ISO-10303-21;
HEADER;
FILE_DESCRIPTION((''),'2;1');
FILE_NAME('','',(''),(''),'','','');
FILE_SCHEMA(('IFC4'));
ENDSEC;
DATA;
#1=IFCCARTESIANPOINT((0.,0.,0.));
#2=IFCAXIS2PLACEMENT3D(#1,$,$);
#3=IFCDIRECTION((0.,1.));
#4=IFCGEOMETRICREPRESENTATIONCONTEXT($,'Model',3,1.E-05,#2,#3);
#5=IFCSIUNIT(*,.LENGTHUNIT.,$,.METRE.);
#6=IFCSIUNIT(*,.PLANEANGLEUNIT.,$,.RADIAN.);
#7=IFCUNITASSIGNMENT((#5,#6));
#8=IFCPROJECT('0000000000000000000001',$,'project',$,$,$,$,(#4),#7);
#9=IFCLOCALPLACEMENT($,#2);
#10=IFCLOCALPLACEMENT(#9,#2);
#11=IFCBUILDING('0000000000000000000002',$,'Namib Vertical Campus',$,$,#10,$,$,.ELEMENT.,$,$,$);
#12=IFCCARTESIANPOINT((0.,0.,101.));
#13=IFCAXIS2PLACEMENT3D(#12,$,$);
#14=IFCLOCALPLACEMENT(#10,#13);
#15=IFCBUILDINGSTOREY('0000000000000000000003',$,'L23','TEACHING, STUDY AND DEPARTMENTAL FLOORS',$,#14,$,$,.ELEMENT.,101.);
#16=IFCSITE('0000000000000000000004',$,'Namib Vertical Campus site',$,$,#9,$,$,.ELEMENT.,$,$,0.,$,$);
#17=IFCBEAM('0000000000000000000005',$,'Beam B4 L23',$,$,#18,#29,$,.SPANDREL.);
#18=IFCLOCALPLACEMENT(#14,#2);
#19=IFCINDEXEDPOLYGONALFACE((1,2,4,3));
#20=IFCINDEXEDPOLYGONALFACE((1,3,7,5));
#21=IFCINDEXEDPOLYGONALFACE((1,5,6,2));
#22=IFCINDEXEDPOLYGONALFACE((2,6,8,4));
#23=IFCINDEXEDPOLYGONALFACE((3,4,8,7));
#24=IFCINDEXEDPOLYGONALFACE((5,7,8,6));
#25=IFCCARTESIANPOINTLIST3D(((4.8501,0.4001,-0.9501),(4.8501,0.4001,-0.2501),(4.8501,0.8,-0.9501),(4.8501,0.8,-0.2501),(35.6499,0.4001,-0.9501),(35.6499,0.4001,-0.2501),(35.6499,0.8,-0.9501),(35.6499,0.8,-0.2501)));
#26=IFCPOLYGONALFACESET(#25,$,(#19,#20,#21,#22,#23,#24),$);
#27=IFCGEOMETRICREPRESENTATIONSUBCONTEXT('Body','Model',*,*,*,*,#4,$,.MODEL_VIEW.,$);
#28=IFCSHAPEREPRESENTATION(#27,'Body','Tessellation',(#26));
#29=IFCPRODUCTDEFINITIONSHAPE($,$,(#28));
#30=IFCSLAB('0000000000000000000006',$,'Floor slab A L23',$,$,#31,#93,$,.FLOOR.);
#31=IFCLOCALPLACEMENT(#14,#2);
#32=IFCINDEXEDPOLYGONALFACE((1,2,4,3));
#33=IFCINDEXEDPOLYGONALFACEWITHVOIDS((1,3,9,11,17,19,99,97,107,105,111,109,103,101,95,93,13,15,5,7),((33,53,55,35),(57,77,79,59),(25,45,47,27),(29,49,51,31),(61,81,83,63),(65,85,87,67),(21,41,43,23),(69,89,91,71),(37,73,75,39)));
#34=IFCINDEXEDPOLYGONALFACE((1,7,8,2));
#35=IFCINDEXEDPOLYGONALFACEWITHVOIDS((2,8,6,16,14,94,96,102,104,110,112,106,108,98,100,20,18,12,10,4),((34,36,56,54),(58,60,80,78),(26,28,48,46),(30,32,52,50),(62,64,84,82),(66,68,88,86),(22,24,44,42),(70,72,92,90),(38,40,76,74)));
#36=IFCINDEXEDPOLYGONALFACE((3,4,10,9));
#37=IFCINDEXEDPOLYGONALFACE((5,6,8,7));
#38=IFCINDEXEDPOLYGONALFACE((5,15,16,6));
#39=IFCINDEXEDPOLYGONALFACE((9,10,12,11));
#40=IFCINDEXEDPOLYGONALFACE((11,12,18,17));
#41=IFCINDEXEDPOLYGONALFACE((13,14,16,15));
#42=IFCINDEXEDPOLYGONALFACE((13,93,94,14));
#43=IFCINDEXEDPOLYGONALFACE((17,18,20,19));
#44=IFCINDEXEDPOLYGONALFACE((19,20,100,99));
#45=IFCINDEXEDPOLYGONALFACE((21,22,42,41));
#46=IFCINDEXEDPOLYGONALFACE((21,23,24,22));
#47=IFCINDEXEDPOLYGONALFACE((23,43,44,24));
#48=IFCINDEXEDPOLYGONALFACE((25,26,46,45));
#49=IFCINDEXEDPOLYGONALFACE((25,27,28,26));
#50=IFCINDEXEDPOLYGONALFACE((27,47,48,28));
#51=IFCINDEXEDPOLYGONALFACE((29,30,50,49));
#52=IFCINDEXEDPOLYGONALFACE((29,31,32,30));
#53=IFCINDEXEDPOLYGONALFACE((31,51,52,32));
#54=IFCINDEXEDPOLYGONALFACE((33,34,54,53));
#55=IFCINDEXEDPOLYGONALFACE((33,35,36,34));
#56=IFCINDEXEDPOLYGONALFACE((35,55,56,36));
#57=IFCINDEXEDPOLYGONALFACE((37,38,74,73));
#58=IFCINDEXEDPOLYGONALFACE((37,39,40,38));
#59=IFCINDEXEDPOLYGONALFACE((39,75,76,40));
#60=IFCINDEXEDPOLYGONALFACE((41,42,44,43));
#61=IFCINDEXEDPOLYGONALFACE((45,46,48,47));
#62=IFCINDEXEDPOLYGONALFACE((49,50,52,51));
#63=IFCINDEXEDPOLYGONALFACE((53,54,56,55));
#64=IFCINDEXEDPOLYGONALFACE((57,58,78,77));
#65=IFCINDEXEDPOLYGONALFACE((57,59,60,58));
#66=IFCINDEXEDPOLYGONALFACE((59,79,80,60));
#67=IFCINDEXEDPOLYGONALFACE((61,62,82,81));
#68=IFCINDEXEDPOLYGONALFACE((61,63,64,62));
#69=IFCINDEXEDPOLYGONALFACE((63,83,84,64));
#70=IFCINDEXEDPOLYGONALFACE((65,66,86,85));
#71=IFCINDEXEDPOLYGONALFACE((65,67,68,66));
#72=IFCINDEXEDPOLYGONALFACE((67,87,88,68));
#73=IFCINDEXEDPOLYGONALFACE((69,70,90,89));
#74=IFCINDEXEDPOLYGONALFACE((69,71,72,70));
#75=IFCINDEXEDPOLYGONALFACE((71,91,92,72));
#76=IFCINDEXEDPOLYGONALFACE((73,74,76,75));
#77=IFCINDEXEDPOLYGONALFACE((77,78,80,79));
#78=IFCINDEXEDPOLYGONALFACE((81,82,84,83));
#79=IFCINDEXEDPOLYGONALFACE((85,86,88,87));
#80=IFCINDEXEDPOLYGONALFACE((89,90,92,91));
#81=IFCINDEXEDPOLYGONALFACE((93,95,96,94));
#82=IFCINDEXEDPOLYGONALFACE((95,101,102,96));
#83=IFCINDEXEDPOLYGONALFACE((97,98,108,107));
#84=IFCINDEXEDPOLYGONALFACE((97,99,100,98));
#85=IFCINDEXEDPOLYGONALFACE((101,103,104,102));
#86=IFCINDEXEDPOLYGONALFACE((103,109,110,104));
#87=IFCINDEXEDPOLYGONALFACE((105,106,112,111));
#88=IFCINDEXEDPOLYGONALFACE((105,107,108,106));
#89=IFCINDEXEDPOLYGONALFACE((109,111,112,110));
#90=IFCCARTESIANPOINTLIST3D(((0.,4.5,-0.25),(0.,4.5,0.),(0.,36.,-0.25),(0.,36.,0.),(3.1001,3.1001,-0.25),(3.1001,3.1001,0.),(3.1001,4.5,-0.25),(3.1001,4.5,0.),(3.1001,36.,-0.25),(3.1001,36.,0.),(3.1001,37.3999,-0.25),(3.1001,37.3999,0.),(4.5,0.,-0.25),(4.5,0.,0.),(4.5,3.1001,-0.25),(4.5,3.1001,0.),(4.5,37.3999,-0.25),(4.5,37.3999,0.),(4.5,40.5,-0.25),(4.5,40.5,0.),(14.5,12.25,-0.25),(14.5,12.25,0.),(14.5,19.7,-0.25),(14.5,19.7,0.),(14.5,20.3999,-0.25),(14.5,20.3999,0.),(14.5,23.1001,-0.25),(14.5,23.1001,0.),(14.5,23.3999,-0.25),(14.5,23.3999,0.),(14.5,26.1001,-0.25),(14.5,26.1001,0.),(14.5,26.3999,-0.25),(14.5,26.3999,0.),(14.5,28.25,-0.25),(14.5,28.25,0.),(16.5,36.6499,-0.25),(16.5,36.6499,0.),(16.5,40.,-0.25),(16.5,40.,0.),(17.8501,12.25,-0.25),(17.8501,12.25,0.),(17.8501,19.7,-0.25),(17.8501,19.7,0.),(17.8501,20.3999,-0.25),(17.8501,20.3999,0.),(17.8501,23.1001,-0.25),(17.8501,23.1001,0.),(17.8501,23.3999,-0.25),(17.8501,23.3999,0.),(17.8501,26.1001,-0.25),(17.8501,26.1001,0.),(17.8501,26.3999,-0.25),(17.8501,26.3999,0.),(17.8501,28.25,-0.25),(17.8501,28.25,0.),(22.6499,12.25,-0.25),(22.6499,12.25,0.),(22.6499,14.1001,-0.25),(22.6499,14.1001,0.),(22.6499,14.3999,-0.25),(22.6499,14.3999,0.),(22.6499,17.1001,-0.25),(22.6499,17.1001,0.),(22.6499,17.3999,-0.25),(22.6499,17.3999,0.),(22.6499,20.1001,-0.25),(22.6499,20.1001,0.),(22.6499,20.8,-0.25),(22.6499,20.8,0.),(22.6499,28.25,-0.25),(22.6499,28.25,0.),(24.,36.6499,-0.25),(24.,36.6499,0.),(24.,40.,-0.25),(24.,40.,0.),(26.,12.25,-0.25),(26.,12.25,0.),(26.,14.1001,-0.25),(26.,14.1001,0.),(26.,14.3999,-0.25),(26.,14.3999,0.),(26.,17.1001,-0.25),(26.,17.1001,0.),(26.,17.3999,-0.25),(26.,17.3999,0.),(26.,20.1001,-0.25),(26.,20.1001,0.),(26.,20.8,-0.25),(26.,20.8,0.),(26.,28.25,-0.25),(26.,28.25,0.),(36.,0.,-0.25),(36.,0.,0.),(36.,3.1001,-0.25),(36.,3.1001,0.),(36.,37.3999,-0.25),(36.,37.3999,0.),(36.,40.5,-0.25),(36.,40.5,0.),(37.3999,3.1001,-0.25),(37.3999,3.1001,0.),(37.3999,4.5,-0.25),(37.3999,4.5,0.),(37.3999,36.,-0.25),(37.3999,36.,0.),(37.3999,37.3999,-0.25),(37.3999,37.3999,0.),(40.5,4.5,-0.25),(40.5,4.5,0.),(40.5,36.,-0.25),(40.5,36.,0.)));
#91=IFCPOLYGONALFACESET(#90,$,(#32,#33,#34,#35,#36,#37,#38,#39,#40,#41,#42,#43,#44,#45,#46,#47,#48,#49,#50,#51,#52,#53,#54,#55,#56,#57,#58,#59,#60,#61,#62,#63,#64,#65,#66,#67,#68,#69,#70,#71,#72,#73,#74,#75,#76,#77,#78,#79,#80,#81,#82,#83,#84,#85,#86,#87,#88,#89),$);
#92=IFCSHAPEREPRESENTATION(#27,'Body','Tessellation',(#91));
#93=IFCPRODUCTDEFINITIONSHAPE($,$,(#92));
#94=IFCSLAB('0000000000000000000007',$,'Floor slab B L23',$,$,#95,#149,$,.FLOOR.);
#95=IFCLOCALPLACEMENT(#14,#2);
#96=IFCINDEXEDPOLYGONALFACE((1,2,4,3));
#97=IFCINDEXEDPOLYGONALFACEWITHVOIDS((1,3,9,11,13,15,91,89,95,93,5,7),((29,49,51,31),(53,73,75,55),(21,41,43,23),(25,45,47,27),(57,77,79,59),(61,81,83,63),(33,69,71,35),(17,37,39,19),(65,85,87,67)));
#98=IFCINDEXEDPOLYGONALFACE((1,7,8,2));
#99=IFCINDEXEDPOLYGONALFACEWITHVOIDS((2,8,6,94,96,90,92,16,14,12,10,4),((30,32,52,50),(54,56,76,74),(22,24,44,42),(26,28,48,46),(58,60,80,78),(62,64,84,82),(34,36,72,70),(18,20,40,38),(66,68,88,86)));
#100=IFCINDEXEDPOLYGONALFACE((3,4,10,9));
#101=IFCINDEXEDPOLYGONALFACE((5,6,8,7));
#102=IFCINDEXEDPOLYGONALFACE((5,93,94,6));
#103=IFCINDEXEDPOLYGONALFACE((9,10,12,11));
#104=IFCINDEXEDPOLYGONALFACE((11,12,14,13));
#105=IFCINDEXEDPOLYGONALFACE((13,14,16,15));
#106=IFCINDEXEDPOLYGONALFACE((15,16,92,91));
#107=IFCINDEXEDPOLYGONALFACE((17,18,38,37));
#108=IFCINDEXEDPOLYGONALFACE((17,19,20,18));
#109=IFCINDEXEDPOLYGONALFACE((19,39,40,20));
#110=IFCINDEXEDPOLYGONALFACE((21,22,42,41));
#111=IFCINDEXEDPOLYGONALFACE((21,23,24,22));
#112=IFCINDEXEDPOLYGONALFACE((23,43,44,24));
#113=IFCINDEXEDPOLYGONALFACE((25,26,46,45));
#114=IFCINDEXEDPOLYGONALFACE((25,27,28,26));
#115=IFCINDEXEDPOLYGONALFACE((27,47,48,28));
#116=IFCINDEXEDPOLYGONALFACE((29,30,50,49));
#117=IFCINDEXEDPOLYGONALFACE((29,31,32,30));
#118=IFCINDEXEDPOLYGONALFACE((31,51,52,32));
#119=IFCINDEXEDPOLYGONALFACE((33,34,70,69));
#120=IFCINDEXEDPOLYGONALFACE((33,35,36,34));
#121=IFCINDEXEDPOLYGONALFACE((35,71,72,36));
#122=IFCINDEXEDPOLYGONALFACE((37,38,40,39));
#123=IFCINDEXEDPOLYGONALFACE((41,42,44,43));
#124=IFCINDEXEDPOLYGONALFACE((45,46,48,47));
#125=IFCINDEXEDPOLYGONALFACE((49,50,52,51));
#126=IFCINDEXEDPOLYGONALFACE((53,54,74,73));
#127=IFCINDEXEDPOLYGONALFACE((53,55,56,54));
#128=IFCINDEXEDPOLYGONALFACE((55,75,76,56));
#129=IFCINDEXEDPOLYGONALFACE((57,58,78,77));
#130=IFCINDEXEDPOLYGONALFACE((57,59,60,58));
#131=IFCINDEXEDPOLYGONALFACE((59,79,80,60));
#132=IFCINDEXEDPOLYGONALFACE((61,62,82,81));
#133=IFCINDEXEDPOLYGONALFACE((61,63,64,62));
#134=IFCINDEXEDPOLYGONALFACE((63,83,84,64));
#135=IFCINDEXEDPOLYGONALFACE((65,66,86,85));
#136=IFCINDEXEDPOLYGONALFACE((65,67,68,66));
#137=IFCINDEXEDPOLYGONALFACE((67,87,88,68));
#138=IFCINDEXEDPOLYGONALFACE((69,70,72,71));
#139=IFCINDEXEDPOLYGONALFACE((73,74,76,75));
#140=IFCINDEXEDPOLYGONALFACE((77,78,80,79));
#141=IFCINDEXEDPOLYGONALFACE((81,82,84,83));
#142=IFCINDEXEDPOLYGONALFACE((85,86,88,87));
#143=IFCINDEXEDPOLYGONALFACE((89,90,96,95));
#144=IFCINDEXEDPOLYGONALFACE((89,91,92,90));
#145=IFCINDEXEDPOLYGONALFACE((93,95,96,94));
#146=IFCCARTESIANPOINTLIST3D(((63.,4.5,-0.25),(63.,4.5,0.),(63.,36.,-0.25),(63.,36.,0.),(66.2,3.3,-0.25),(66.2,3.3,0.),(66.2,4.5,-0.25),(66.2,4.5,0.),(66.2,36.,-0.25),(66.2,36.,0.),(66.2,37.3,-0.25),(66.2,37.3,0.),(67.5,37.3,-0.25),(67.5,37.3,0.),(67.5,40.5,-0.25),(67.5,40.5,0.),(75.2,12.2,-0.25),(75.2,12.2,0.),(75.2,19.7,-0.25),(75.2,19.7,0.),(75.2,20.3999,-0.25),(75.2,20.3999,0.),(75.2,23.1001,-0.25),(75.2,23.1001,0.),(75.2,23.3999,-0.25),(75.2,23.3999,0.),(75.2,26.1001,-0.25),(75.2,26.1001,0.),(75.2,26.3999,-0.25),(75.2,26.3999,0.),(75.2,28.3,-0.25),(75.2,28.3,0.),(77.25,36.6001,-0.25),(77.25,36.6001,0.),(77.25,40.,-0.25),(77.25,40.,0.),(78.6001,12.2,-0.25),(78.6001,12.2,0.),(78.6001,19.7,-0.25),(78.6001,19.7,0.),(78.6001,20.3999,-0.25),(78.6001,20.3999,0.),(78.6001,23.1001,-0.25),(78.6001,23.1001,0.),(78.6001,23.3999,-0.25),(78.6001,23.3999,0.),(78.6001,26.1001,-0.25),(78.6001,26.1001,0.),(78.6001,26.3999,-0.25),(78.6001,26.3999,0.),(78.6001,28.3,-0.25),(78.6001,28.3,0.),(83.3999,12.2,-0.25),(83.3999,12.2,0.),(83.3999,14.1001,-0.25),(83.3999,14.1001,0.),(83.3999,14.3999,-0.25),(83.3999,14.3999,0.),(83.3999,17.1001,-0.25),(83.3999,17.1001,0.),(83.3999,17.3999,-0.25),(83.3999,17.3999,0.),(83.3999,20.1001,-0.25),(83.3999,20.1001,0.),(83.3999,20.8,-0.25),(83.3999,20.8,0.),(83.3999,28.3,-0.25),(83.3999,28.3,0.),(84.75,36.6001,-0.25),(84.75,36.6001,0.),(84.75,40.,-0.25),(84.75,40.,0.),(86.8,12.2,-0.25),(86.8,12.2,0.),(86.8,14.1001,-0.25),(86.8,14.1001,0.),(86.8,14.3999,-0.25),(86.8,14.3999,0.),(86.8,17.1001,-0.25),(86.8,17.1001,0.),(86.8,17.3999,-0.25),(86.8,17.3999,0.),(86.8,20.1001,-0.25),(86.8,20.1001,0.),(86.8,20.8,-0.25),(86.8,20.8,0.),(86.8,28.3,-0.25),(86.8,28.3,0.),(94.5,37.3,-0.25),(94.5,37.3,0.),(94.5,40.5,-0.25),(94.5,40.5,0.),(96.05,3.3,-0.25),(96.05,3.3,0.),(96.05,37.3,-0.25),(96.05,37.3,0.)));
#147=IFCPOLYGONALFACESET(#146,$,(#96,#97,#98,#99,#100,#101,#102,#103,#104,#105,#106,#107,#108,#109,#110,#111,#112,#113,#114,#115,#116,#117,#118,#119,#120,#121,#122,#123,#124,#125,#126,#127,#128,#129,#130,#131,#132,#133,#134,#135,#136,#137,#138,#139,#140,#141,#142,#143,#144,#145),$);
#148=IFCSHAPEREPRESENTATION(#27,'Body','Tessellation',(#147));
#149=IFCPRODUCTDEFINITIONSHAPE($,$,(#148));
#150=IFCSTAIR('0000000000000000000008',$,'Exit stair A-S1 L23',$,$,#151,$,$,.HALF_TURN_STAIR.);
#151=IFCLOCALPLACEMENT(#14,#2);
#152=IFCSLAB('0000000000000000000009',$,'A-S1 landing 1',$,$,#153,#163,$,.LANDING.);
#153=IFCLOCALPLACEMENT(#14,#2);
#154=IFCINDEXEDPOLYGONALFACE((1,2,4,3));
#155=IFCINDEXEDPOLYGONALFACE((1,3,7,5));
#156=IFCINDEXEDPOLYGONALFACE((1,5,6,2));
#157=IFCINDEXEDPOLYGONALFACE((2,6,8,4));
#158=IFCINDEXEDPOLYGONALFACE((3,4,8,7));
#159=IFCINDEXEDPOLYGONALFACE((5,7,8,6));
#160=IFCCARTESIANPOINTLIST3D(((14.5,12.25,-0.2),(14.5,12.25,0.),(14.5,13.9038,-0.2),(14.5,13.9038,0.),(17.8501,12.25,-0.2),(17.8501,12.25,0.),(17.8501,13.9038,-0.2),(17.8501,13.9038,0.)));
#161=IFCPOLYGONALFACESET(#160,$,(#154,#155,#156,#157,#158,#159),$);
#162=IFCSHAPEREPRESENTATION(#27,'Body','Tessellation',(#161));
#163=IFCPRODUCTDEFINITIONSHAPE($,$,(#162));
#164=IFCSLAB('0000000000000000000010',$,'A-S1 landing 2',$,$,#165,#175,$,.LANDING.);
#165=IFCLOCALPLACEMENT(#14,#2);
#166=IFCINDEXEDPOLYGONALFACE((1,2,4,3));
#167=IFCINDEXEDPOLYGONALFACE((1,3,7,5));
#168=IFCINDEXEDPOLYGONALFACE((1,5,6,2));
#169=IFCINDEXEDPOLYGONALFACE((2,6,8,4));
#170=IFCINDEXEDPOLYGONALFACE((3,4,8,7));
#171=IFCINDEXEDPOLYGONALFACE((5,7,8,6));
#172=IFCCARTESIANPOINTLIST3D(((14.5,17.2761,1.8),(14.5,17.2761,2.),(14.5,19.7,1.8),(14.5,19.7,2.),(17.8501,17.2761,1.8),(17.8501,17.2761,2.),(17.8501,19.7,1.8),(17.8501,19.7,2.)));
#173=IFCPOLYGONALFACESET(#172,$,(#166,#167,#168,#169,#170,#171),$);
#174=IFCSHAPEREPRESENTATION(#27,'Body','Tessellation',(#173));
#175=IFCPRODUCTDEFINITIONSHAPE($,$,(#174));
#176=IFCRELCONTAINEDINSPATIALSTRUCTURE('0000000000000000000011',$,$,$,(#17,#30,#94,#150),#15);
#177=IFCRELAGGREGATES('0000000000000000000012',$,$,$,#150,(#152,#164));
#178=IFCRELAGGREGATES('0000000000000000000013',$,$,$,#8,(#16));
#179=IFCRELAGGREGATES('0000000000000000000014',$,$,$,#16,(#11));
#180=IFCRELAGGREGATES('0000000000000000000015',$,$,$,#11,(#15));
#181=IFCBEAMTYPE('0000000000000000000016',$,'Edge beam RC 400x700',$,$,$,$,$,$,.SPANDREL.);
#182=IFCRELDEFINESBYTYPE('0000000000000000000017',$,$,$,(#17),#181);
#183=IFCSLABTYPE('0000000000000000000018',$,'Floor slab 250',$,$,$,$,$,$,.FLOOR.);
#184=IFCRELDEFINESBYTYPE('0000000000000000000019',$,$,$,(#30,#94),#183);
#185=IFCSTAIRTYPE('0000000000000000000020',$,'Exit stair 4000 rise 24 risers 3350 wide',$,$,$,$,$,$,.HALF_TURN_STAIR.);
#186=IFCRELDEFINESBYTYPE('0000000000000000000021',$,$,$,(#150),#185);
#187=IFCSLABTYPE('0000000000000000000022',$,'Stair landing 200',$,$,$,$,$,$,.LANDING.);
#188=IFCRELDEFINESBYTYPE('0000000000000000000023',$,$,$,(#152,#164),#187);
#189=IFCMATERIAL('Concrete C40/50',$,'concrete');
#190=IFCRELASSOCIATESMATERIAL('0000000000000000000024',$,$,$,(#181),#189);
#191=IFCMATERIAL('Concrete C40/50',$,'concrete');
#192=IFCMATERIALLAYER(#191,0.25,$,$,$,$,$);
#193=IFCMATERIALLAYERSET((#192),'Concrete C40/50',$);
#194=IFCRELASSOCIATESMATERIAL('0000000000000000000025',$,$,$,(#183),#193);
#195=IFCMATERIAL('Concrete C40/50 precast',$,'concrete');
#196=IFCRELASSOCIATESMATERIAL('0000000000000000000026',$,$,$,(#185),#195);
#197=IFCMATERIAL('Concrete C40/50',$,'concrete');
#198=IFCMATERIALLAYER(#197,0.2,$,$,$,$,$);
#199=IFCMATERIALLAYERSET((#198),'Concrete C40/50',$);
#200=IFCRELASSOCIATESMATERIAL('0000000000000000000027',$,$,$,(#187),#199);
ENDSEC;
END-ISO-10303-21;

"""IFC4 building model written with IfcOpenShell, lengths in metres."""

from ifc_helpers import new_model, si_unit, direction, frame, origin, origin_2d, place, context, subcontext, project, spatial, polyline, rectangle, outline, extrude, material, layer, layer_set, material_profile, profile_set, type_object, element, aggregate, save


model = new_model("IFC4")

# Units and contexts
model_context = context("Model", 3, precision=1e-05, world=origin(), true_north=direction((0.0, 1.0)))
body_context = subcontext(model_context, "Body", "Model", "MODEL_VIEW")
ifc_project = project(units=[si_unit("LENGTHUNIT", "METRE"), si_unit("PLANEANGLEUNIT", "RADIAN")], contexts=[model_context])

# Site, building, storey
site_placement = place(None, origin())
site = spatial("IfcSite", under=ifc_project, at=site_placement, Name="Namib Vertical Campus site", CompositionType="ELEMENT", RefElevation=0.0)
building_placement = place(site_placement, origin())
building = spatial("IfcBuilding", under=site, at=building_placement, Name="Namib Vertical Campus", CompositionType="ELEMENT")
storey_placement = place(building_placement, frame((0.0, 0.0, 101.0)))
storey = spatial("IfcBuildingStorey", under=building, at=storey_placement, Name="L23", Description="TEACHING, STUDY AND DEPARTMENTAL FLOORS", CompositionType="ELEMENT", Elevation=101.0)

# Beam
ifc_material_1 = material(Name="Concrete C40/50", Category="concrete")
ifc_material_profile = material_profile(ifc_material_1, rectangle(XDim=0.3999, YDim=0.7, at=origin_2d()))
ifc_profile_set = profile_set([ifc_material_profile], Name="Concrete C40/50")
beam_type = type_object("IfcBeamType", Name="Edge beam RC 400x700", PredefinedType="SPANDREL", material=ifc_profile_set)
beam_placement = place(storey_placement, frame((4.8501, 0.6001, -0.6001), z_axis=(1.0, 0.0, 0.0), x_axis=(0.0, 1.0, 0.0)))
element("IfcBeam", 1, at=beam_placement, inside=storey, type_object=beam_type, Name="Beam B4 L23", PredefinedType="SPANDREL", context=body_context, shape_type="SweptSolid", body=[
    extrude(rectangle(XDim=0.3999, YDim=0.7, at=origin_2d()), origin(), (0.0, 0.0, 1.0), 30.7998),
])

# Slabs
ifc_material_2 = material(Name="Concrete C40/50", Category="concrete")
ifc_layer_1 = layer(ifc_material_2, 0.25)
ifc_layer_set_1 = layer_set([ifc_layer_1], Name="Concrete C40/50")
slab_type_1 = type_object("IfcSlabType", Name="Floor slab 250", PredefinedType="FLOOR", material=ifc_layer_set_1)
slab_1_placement = place(storey_placement, frame((0.0, 0.0, -0.25)))
element("IfcSlab", 2, at=slab_1_placement, inside=storey, type_object=slab_type_1, Name="Floor slab A L23", PredefinedType="FLOOR", context=body_context, shape_type="SweptSolid", body=[
    extrude(outline(polyline([(4.5, 0.0), (36.0, 0.0), (36.0, 3.1001), (37.3999, 3.1001), (37.3999, 4.5), (40.5, 4.5), (40.5, 36.0), (37.3999, 36.0), (37.3999, 37.3999), (36.0, 37.3999), (36.0, 40.5), (4.5, 40.5), (4.5, 37.3999), (3.1001, 37.3999), (3.1001, 36.0), (0.0, 36.0), (0.0, 4.5), (3.1001, 4.5), (3.1001, 3.1001), (4.5, 3.1001), (4.5, 0.0)]), holes=[polyline([(14.5, 12.25), (17.8501, 12.25), (17.8501, 19.7), (14.5, 19.7), (14.5, 12.25)]), polyline([(22.6499, 20.8), (26.0, 20.8), (26.0, 28.25), (22.6499, 28.25), (22.6499, 20.8)]), polyline([(22.6499, 12.25), (26.0, 12.25), (26.0, 14.1001), (22.6499, 14.1001), (22.6499, 12.25)]), polyline([(14.5, 20.3999), (17.8501, 20.3999), (17.8501, 23.1001), (14.5, 23.1001), (14.5, 20.3999)]), polyline([(14.5, 23.3999), (17.8501, 23.3999), (17.8501, 26.1001), (14.5, 26.1001), (14.5, 23.3999)]), polyline([(14.5, 26.3999), (17.8501, 26.3999), (17.8501, 28.25), (14.5, 28.25), (14.5, 26.3999)]), polyline([(22.6499, 14.3999), (26.0, 14.3999), (26.0, 17.1001), (22.6499, 17.1001), (22.6499, 14.3999)]), polyline([(22.6499, 17.3999), (26.0, 17.3999), (26.0, 20.1001), (22.6499, 20.1001), (22.6499, 17.3999)]), polyline([(16.5, 36.6499), (24.0, 36.6499), (24.0, 40.0), (16.5, 40.0), (16.5, 36.6499)])]), origin(), (0.0, 0.0, 1.0), 0.25),
])
slab_2_placement = place(storey_placement, frame((0.0, 0.0, -0.25)))
element("IfcSlab", 3, at=slab_2_placement, inside=storey, type_object=slab_type_1, Name="Floor slab B L23", PredefinedType="FLOOR", context=body_context, shape_type="SweptSolid", body=[
    extrude(outline(polyline([(63.0, 4.5), (66.2, 4.5), (66.2, 3.3), (96.05, 3.3), (96.05, 37.3), (94.5, 37.3), (94.5, 40.5), (67.5, 40.5), (67.5, 37.3), (66.2, 37.3), (66.2, 36.0), (63.0, 36.0), (63.0, 4.5)]), holes=[polyline([(75.2, 12.2), (78.6001, 12.2), (78.6001, 19.7), (75.2, 19.7), (75.2, 12.2)]), polyline([(83.3999, 20.8), (86.8, 20.8), (86.8, 28.3), (83.3999, 28.3), (83.3999, 20.8)]), polyline([(83.3999, 12.2), (86.8, 12.2), (86.8, 14.1001), (83.3999, 14.1001), (83.3999, 12.2)]), polyline([(75.2, 20.3999), (78.6001, 20.3999), (78.6001, 23.1001), (75.2, 23.1001), (75.2, 20.3999)]), polyline([(75.2, 23.3999), (78.6001, 23.3999), (78.6001, 26.1001), (75.2, 26.1001), (75.2, 23.3999)]), polyline([(75.2, 26.3999), (78.6001, 26.3999), (78.6001, 28.3), (75.2, 28.3), (75.2, 26.3999)]), polyline([(83.3999, 14.3999), (86.8, 14.3999), (86.8, 17.1001), (83.3999, 17.1001), (83.3999, 14.3999)]), polyline([(83.3999, 17.3999), (86.8, 17.3999), (86.8, 20.1001), (83.3999, 20.1001), (83.3999, 17.3999)]), polyline([(77.25, 36.6001), (84.75, 36.6001), (84.75, 40.0), (77.25, 40.0), (77.25, 36.6001)])]), origin(), (0.0, 0.0, 1.0), 0.25),
])

# Stair, slabs
ifc_material_3 = material(Name="Concrete C40/50 precast", Category="concrete")
stair_type_1 = type_object("IfcStairType", Name="Exit stair 4000 rise 24 risers 3350 wide", PredefinedType="HALF_TURN_STAIR", material=ifc_material_3)
stair_1_placement = place(storey_placement, origin())
stair_1 = element("IfcStair", 4, at=stair_1_placement, inside=storey, type_object=stair_type_1, Name="Exit stair A-S1 L23", PredefinedType="HALF_TURN_STAIR")
ifc_material_4 = material(Name="Concrete C40/50", Category="concrete")
ifc_layer_2 = layer(ifc_material_4, 0.2)
ifc_layer_set_2 = layer_set([ifc_layer_2], Name="Concrete C40/50")
slab_type_2 = type_object("IfcSlabType", Name="Stair landing 200", PredefinedType="LANDING", material=ifc_layer_set_2)
slab_3_placement = place(storey_placement, frame((0.0, 0.0, -0.2)))
slab_3 = element("IfcSlab", 5, at=slab_3_placement, type_object=slab_type_2, Name="A-S1 landing 1", PredefinedType="LANDING", context=body_context, shape_type="SweptSolid", body=[
    extrude(outline(polyline([(14.5, 12.25), (17.8501, 12.25), (17.8501, 13.9038), (14.5, 13.9038), (14.5, 12.25)])), origin(), (0.0, 0.0, 1.0), 0.2),
])
slab_4_placement = place(storey_placement, frame((0.0, 0.0, 1.8)))
slab_4 = element("IfcSlab", 6, at=slab_4_placement, type_object=slab_type_2, Name="A-S1 landing 2", PredefinedType="LANDING", context=body_context, shape_type="SweptSolid", body=[
    extrude(outline(polyline([(14.5, 17.2761), (17.8501, 17.2761), (17.8501, 19.7), (14.5, 19.7), (14.5, 17.2761)])), origin(), (0.0, 0.0, 1.0), 0.2),
])
aggregate(stair_1, [slab_3, slab_4])

save(model, "model.ifc")
